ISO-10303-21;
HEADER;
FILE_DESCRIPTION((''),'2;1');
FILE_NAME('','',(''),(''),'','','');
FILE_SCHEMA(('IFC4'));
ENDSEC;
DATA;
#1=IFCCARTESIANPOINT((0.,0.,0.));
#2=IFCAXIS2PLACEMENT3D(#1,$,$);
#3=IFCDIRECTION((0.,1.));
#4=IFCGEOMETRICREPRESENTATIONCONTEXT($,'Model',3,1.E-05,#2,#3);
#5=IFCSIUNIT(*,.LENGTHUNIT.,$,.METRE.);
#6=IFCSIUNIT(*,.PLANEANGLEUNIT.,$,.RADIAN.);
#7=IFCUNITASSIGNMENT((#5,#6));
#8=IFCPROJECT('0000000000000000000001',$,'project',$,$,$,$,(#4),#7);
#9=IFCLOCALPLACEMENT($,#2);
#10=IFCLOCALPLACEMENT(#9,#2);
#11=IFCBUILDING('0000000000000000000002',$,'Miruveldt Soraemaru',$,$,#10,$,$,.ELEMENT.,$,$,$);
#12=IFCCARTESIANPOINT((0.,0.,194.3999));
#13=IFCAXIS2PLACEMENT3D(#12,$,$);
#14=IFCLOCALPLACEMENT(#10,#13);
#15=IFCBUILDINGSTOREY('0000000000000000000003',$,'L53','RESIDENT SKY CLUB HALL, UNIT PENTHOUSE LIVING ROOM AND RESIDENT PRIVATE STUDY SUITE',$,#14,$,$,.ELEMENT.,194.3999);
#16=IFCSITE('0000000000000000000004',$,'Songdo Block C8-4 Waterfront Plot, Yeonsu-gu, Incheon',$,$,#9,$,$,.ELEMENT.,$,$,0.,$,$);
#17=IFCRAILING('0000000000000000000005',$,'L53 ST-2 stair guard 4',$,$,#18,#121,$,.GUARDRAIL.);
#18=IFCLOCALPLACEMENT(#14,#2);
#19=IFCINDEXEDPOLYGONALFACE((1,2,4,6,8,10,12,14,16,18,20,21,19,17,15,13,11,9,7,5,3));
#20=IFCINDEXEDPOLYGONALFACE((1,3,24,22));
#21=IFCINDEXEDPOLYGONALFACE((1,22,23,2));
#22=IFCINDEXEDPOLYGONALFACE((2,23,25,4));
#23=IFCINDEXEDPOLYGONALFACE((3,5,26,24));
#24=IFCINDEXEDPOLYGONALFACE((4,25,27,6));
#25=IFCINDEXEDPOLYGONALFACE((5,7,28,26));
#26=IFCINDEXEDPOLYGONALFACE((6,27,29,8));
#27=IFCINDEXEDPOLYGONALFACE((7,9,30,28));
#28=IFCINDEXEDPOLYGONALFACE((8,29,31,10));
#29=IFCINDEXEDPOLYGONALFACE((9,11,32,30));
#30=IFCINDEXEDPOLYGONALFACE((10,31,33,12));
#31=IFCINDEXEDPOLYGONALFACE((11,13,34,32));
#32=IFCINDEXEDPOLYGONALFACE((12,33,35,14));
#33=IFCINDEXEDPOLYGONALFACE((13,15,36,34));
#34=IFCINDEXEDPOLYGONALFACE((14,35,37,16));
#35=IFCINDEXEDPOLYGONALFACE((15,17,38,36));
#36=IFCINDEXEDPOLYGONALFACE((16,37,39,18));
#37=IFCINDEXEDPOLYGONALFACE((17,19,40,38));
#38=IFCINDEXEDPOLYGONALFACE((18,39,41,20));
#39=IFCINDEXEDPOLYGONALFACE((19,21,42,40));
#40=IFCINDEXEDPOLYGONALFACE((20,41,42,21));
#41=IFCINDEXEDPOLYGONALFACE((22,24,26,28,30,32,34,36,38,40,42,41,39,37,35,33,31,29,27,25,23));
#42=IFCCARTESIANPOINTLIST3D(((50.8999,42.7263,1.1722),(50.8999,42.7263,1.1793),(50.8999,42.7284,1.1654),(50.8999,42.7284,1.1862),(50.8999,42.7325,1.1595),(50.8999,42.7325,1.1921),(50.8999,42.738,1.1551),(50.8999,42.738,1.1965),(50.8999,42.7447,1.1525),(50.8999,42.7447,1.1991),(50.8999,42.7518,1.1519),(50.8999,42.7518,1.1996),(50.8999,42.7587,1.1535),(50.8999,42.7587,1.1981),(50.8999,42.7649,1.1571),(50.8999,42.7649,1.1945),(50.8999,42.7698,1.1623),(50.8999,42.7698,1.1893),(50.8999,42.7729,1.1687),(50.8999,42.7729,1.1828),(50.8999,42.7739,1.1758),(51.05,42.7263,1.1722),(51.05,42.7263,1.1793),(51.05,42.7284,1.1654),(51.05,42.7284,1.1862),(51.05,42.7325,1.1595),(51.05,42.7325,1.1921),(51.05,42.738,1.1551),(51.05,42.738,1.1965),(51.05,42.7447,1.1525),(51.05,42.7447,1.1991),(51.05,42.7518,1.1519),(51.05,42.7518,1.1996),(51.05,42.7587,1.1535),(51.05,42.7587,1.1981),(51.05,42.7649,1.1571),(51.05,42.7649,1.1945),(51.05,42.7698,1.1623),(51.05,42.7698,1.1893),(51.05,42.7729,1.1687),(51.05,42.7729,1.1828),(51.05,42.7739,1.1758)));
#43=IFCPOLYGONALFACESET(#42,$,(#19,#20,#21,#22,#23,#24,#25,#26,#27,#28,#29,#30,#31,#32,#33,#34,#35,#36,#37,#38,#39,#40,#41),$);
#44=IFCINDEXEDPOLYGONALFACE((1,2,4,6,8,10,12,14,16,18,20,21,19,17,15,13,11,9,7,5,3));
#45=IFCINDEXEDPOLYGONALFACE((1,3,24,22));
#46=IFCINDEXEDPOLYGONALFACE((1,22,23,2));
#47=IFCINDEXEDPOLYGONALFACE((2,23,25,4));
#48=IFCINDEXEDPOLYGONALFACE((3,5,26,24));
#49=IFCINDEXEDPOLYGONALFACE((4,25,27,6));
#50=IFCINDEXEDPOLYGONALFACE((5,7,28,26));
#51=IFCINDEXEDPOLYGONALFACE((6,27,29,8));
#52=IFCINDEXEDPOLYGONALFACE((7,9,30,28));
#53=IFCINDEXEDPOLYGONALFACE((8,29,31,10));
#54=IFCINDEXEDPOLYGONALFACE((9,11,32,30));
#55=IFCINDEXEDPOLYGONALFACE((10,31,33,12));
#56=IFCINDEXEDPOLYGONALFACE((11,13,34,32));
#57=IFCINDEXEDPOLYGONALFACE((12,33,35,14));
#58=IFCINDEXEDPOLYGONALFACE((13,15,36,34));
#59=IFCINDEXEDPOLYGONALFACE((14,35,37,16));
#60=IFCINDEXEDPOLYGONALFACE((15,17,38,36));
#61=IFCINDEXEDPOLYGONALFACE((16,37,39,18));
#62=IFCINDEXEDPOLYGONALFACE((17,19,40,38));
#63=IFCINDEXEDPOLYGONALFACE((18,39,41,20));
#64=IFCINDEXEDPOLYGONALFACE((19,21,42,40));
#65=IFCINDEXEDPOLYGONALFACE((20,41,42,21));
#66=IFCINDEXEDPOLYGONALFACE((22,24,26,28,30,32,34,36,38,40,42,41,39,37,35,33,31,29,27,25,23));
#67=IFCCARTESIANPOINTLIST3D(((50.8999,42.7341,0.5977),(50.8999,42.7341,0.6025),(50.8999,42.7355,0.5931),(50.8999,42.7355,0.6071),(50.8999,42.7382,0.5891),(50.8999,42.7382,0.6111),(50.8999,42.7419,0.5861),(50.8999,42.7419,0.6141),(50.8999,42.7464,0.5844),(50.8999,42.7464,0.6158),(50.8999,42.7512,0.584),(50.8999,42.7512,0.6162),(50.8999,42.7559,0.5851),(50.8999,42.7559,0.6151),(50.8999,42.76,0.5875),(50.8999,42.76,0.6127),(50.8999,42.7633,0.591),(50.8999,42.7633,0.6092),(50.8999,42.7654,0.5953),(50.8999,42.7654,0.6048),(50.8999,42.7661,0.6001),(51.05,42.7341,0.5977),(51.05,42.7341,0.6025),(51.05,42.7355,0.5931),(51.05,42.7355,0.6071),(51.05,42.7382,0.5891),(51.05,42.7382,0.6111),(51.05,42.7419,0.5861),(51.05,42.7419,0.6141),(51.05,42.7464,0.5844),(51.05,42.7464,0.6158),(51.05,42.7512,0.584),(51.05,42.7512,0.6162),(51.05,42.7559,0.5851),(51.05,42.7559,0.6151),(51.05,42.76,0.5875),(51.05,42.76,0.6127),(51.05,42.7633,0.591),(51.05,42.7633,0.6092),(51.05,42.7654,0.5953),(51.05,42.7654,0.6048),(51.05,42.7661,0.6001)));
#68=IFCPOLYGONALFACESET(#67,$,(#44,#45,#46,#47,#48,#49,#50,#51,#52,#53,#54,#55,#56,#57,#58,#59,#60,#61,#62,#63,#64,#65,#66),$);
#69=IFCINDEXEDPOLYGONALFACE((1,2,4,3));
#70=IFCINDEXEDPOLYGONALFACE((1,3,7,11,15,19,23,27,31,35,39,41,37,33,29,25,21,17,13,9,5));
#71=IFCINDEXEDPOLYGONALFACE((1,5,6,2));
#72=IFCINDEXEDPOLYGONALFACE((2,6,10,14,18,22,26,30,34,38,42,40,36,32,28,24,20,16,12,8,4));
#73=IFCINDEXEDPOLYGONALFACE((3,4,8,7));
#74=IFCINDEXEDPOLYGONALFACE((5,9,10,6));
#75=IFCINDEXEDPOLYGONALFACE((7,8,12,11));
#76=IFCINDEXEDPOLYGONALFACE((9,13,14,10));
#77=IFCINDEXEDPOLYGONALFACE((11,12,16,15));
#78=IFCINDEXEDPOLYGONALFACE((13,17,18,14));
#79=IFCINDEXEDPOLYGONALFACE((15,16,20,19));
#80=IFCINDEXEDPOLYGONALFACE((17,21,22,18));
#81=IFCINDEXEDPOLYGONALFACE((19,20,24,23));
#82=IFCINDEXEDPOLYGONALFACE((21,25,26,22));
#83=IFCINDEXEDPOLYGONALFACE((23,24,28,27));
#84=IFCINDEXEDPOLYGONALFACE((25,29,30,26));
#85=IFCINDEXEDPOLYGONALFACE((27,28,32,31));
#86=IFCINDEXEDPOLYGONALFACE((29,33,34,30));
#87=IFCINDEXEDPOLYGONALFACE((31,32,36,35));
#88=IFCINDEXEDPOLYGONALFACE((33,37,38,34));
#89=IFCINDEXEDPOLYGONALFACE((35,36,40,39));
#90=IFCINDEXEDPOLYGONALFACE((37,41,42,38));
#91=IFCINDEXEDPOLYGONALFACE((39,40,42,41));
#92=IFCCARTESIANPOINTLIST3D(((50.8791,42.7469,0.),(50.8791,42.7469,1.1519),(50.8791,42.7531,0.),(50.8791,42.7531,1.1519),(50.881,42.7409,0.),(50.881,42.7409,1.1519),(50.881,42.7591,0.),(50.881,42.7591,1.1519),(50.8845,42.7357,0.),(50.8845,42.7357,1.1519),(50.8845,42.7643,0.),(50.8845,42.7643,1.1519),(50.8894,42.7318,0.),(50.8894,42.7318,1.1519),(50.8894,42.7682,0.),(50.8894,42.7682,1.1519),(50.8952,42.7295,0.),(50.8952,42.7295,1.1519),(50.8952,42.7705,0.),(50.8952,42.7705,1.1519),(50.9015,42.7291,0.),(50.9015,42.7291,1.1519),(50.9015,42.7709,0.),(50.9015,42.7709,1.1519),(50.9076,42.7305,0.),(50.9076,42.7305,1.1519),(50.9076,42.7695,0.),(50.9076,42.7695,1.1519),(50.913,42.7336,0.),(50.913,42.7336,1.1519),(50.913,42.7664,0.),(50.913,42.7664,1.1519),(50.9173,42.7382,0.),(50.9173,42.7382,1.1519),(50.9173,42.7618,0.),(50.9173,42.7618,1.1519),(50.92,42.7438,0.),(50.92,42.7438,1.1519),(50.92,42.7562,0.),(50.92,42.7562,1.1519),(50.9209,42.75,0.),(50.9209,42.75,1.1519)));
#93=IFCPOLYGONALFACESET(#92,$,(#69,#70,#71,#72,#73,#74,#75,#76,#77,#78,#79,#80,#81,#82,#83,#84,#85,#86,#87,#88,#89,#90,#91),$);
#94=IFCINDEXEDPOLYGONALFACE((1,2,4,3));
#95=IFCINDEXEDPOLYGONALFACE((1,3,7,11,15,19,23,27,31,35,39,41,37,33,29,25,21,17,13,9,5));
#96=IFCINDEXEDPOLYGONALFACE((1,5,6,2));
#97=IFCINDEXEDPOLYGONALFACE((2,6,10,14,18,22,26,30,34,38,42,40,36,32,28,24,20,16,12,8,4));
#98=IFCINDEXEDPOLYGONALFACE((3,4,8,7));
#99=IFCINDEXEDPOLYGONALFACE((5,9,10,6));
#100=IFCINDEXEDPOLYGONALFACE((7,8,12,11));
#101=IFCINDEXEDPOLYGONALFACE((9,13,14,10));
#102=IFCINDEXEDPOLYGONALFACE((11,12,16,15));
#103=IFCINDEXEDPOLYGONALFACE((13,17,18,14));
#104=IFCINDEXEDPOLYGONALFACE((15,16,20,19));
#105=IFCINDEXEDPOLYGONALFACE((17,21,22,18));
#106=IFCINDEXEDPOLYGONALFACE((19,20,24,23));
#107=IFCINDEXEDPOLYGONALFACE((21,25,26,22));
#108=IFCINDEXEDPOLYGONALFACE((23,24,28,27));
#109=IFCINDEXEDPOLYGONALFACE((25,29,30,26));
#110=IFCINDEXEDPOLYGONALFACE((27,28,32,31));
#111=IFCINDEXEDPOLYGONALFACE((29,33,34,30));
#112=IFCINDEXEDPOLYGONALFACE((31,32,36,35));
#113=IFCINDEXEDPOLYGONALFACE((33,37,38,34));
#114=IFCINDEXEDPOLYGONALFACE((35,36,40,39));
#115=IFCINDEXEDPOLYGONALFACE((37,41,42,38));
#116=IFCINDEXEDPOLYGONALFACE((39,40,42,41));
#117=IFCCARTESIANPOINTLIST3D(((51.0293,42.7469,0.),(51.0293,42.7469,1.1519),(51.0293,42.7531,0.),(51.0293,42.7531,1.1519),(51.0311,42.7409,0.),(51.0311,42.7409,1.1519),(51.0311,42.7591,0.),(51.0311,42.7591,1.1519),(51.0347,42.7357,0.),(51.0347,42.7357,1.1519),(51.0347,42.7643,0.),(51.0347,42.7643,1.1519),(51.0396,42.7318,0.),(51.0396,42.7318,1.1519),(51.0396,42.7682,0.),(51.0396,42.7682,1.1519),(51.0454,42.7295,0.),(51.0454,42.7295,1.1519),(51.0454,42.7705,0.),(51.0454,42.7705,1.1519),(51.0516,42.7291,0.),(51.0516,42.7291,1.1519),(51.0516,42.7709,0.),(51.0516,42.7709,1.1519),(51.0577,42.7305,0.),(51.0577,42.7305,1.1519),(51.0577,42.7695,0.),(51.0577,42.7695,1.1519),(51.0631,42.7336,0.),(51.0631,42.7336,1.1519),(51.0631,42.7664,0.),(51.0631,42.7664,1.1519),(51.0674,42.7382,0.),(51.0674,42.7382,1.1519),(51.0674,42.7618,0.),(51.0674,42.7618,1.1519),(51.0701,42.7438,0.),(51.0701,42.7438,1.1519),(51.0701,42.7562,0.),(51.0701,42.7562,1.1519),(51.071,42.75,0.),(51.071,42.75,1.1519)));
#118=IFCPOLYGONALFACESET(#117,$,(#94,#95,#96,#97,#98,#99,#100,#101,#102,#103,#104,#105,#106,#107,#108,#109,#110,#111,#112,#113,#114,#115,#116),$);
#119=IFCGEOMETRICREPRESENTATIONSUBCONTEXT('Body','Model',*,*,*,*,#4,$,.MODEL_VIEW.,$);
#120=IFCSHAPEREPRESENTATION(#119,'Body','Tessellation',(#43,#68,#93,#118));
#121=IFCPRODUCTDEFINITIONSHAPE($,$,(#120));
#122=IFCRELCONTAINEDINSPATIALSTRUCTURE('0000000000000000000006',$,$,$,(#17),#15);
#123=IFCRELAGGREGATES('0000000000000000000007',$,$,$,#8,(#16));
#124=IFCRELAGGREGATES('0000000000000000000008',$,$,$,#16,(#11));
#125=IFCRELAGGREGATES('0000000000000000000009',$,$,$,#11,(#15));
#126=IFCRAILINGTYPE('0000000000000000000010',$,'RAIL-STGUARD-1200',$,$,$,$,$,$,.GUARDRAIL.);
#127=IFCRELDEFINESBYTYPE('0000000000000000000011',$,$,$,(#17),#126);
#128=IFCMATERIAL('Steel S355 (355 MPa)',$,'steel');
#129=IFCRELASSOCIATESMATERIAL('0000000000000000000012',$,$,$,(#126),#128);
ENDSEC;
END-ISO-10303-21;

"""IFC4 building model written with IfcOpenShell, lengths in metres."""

from ifc_helpers import new_model, si_unit, direction, frame, origin, origin_2d, place, context, subcontext, project, spatial, circle, extrude, material, type_object, element, save


model = new_model("IFC4")

# Units and contexts
model_context = context("Model", 3, precision=1e-05, world=origin(), true_north=direction((0.0, 1.0)))
body_context = subcontext(model_context, "Body", "Model", "MODEL_VIEW")
ifc_project = project(units=[si_unit("LENGTHUNIT", "METRE"), si_unit("PLANEANGLEUNIT", "RADIAN")], contexts=[model_context])

# Site, building, storey
site_placement = place(None, origin())
site = spatial("IfcSite", under=ifc_project, at=site_placement, Name="Songdo Block C8-4 Waterfront Plot, Yeonsu-gu, Incheon", CompositionType="ELEMENT", RefElevation=0.0)
building_placement = place(site_placement, origin())
building = spatial("IfcBuilding", under=site, at=building_placement, Name="Miruveldt Soraemaru", CompositionType="ELEMENT")
storey_placement = place(building_placement, frame((0.0, 0.0, 194.3999)))
storey = spatial("IfcBuildingStorey", under=building, at=storey_placement, Name="L53", Description="RESIDENT SKY CLUB HALL, UNIT PENTHOUSE LIVING ROOM AND RESIDENT PRIVATE STUDY SUITE", CompositionType="ELEMENT", Elevation=194.3999)

# Railing
ifc_material_1 = material(Name="Steel S355 (355 MPa)", Category="steel")
railing_type_1 = type_object("IfcRailingType", Name="RAIL-STGUARD-1200", PredefinedType="GUARDRAIL", material=ifc_material_1)
railing_1_placement = place(storey_placement, frame((50.8999, 42.75, 0.0)))
element("IfcRailing", 1, at=railing_1_placement, inside=storey, type_object=railing_type_1, Name="L53 ST-2 stair guard 4", PredefinedType="GUARDRAIL", context=body_context, shape_type="SweptSolid", body=[
    extrude(circle(Radius=0.0239, at=origin_2d()), frame((0.0, 0.0, 1.1758), z_axis=(1.0, 0.0, 0.0), x_axis=(0.0, 1.0, 0.0)), (0.0, 0.0, 1.0), 0.1501),
    extrude(circle(Radius=0.0161, at=origin_2d()), frame((0.0, 0.0, 0.6001), z_axis=(1.0, 0.0, 0.0), x_axis=(0.0, 1.0, 0.0)), (0.0, 0.0, 1.0), 0.1501),
    extrude(circle(Radius=0.021, at=origin_2d()), origin(), (0.0, 0.0, 1.0), 1.1519),
    extrude(circle(Radius=0.021, at=origin_2d()), frame((0.1501, 0.0, 0.0)), (0.0, 0.0, 1.0), 1.1519),
])

save(model, "model.ifc")
